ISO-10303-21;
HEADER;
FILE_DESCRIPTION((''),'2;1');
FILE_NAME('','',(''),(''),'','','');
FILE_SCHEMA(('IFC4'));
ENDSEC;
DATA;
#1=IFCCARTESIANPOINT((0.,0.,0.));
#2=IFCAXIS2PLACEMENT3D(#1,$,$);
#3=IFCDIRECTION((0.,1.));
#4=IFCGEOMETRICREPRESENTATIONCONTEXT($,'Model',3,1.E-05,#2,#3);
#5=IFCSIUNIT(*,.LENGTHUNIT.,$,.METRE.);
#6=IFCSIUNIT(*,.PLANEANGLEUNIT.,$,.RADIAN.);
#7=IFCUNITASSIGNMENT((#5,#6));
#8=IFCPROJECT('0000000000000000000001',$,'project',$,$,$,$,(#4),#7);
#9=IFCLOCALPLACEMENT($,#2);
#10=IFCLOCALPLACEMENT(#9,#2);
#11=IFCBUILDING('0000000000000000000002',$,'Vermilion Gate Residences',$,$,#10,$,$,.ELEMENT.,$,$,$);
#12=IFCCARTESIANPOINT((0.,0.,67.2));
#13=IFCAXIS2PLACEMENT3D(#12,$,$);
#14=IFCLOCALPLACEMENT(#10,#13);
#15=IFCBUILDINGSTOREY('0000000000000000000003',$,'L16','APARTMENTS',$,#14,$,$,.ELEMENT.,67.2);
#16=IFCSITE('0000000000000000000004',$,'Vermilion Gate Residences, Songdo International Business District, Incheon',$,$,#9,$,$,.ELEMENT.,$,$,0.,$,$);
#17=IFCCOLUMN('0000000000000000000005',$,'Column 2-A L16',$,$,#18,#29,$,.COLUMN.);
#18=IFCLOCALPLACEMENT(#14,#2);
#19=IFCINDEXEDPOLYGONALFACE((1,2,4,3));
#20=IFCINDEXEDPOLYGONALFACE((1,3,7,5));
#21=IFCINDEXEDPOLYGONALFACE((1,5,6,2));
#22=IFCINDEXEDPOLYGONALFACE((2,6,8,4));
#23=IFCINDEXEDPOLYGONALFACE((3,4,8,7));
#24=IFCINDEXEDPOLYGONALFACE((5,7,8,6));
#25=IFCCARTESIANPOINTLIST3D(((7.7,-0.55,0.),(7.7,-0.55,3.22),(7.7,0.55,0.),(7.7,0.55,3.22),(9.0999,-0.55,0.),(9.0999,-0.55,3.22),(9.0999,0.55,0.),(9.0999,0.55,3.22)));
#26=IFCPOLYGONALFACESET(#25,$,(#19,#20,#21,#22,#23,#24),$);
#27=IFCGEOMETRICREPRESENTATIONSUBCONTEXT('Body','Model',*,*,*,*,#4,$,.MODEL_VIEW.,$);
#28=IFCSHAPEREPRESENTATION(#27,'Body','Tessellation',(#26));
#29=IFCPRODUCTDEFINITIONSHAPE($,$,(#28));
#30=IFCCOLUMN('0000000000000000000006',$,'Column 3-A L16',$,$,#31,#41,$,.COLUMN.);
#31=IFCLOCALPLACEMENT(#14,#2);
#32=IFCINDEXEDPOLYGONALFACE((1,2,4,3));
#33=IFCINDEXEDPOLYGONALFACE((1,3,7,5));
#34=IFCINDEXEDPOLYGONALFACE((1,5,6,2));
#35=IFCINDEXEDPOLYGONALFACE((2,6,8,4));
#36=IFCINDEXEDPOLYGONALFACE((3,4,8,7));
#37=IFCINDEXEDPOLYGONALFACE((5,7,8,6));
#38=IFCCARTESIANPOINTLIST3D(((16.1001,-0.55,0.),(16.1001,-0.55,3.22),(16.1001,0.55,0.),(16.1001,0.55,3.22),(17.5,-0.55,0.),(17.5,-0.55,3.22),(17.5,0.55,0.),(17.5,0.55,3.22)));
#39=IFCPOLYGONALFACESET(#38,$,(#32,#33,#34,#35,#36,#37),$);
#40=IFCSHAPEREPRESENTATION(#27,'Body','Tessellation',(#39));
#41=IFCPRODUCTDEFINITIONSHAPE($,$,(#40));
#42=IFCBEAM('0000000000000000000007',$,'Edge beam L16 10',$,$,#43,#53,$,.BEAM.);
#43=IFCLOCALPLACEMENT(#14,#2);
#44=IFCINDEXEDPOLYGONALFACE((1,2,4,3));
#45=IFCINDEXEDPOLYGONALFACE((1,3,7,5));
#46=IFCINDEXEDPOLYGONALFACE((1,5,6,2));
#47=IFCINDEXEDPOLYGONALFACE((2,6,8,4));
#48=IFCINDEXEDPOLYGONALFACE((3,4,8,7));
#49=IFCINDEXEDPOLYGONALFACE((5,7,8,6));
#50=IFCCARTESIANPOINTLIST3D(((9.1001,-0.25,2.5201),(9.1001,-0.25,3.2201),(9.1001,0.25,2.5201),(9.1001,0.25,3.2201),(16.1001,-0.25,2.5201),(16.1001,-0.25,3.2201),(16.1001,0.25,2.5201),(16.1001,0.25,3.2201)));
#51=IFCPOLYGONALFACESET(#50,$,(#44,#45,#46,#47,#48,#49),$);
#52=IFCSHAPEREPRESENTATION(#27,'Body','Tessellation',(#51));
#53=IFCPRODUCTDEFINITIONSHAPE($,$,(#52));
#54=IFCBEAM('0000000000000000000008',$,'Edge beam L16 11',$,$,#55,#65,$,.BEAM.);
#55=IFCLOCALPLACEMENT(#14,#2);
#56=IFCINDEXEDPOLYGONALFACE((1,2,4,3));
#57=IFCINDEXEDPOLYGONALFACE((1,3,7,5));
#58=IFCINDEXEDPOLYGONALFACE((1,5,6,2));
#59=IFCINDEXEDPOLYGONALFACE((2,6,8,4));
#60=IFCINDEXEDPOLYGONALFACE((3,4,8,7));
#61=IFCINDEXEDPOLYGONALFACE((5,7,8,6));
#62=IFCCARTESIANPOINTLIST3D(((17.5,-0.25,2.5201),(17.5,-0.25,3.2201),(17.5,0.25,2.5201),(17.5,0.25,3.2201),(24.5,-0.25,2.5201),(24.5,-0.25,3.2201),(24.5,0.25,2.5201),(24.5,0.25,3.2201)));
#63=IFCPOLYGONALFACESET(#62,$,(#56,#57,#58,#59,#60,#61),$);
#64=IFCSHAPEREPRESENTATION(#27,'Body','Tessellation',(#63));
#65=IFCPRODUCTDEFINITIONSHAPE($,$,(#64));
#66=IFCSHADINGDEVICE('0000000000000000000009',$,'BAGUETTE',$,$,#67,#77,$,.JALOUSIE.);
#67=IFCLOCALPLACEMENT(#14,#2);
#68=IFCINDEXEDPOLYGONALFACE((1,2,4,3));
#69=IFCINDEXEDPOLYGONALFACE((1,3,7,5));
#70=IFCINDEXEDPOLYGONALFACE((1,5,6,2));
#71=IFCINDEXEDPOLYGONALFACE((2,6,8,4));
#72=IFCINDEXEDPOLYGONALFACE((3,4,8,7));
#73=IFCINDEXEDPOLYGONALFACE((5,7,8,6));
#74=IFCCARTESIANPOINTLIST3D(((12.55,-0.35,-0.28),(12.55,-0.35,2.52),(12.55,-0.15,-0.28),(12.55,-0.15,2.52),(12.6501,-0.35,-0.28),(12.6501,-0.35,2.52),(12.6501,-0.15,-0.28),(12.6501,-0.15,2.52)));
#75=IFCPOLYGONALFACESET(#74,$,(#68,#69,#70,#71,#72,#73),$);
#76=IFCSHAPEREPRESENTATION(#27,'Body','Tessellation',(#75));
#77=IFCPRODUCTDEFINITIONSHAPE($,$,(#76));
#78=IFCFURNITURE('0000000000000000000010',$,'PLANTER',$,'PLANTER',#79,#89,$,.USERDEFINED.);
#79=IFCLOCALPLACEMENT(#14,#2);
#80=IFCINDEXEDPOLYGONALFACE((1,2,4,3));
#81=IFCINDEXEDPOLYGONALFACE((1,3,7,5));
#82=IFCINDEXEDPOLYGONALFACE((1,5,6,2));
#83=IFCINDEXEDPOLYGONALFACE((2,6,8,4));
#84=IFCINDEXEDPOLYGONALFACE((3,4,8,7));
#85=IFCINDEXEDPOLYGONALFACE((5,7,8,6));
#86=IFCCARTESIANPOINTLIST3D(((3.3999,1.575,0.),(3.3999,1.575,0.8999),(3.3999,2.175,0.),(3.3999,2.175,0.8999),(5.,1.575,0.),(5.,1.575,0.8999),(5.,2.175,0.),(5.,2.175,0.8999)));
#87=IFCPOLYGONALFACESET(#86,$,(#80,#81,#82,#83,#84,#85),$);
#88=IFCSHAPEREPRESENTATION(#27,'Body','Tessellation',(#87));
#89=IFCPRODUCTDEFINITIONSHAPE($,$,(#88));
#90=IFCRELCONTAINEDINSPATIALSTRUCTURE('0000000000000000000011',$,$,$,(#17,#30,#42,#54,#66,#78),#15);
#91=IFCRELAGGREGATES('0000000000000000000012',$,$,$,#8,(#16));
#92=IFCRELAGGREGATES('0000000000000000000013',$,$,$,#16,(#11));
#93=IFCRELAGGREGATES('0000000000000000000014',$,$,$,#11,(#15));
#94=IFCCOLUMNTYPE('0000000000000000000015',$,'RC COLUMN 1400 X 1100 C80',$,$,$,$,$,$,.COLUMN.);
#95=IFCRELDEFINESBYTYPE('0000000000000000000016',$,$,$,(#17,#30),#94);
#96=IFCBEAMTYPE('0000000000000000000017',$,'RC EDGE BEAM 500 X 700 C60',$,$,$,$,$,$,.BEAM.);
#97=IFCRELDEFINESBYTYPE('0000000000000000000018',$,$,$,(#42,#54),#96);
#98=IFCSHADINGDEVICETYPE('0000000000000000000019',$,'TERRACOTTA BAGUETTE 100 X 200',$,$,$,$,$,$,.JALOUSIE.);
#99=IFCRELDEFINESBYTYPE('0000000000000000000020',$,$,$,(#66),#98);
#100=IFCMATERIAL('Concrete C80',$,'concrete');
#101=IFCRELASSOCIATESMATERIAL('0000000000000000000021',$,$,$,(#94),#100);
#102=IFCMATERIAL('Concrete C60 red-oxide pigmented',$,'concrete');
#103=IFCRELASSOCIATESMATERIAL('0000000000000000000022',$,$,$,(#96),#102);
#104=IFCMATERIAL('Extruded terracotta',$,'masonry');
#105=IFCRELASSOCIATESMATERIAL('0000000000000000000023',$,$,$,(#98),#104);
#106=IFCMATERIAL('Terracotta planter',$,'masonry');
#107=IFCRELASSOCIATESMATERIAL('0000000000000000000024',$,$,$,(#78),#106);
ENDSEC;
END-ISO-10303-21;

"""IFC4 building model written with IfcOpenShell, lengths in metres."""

from ifc_helpers import new_model, si_unit, direction, frame, origin, origin_2d, place, context, subcontext, project, spatial, rectangle, extrude, material, material_profile, profile_set, type_object, element, save


model = new_model("IFC4")

# Units and contexts
model_context = context("Model", 3, precision=1e-05, world=origin(), true_north=direction((0.0, 1.0)))
body_context = subcontext(model_context, "Body", "Model", "MODEL_VIEW")
ifc_project = project(units=[si_unit("LENGTHUNIT", "METRE"), si_unit("PLANEANGLEUNIT", "RADIAN")], contexts=[model_context])

# Site, building, storey
site_placement = place(None, origin())
site = spatial("IfcSite", under=ifc_project, at=site_placement, Name="Vermilion Gate Residences, Songdo International Business District, Incheon", CompositionType="ELEMENT", RefElevation=0.0)
building_placement = place(site_placement, origin())
building = spatial("IfcBuilding", under=site, at=building_placement, Name="Vermilion Gate Residences", CompositionType="ELEMENT")
storey_placement = place(building_placement, frame((0.0, 0.0, 67.2)))
storey = spatial("IfcBuildingStorey", under=building, at=storey_placement, Name="L16", Description="APARTMENTS", CompositionType="ELEMENT", Elevation=67.2)

# Columns
ifc_material_1 = material(Name="Concrete C80", Category="concrete")
ifc_material_profile_1 = material_profile(ifc_material_1, rectangle(XDim=1.3999, YDim=1.1001, at=origin_2d()), Name="RC-1400x1100")
ifc_profile_set_1 = profile_set([ifc_material_profile_1], Name="Concrete C80")
column_type = type_object("IfcColumnType", Name="RC COLUMN 1400 X 1100 C80", PredefinedType="COLUMN", material=ifc_profile_set_1)
for number, where, z_axis, x_axis, name in (
    (1, (8.3999, 0.0, 0.0), (0.0, 0.0, 1.0), (1.0, 0.0, 0.0), "Column 2-A L16"),
    (2, (16.8, 0.0, 0.0), (0.0, 0.0, 1.0), (1.0, 0.0, 0.0), "Column 3-A L16"),
):
    element("IfcColumn", number, at=place(storey_placement, frame(where, z_axis=z_axis, x_axis=x_axis)), inside=storey, type_object=column_type, Name=name, PredefinedType="COLUMN", context=body_context, shape_type="SweptSolid", body=[
        extrude(rectangle(XDim=1.3999, YDim=1.1001, at=origin_2d()), origin(), (0.0, 0.0, 1.0), 3.22),
    ])

# Beams
ifc_material_2 = material(Name="Concrete C60 red-oxide pigmented", Category="concrete")
ifc_material_profile_2 = material_profile(ifc_material_2, rectangle(XDim=0.5, YDim=0.7, at=origin_2d()), Name="RC-500x700")
ifc_profile_set_2 = profile_set([ifc_material_profile_2], Name="Concrete C60 red-oxide pigmented")
beam_type = type_object("IfcBeamType", Name="RC EDGE BEAM 500 X 700 C60", PredefinedType="BEAM", material=ifc_profile_set_2)
for number, where, z_axis, x_axis, name in (
    (3, (9.1001, 0.0, 2.8701), (1.0, 0.0, 0.0), (0.0, 1.0, 0.0), "Edge beam L16 10"),
    (4, (17.5, 0.0, 2.8701), (1.0, 0.0, 0.0), (0.0, 1.0, 0.0), "Edge beam L16 11"),
):
    element("IfcBeam", number, at=place(storey_placement, frame(where, z_axis=z_axis, x_axis=x_axis)), inside=storey, type_object=beam_type, Name=name, PredefinedType="BEAM", context=body_context, shape_type="SweptSolid", body=[
        extrude(rectangle(XDim=0.5, YDim=0.7, at=origin_2d()), origin(), (0.0, 0.0, 1.0), 7.0),
    ])

# Shading device
ifc_material_3 = material(Name="Extruded terracotta", Category="masonry")
ifc_material_profile_3 = material_profile(ifc_material_3, rectangle(XDim=0.2, YDim=0.1001, at=origin_2d()), Name="BAGUETTE 100 X 200")
ifc_profile_set_3 = profile_set([ifc_material_profile_3], Name="Extruded terracotta")
shading_device_type = type_object("IfcShadingDeviceType", Name="TERRACOTTA BAGUETTE 100 X 200", PredefinedType="JALOUSIE", material=ifc_profile_set_3)
shading_device_placement = place(storey_placement, frame((12.6001, -0.25, -0.28), z_axis=(0.0, 0.0, 1.0), x_axis=(0.0, 1.0, 0.0)))
element("IfcShadingDevice", 5, at=shading_device_placement, inside=storey, type_object=shading_device_type, Name="BAGUETTE", PredefinedType="JALOUSIE", context=body_context, shape_type="SweptSolid", body=[
    extrude(rectangle(XDim=0.2, YDim=0.1001, at=origin_2d()), origin(), (0.0, 0.0, 1.0), 2.8),
])

# Furniture
ifc_material_4 = material(Name="Terracotta planter", Category="masonry")
furniture_placement = place(storey_placement, frame((4.2, 1.875, 0.0), z_axis=(0.0, 0.0, 1.0), x_axis=(1.0, 0.0, 0.0)))
element("IfcFurniture", 6, at=furniture_placement, inside=storey, material=ifc_material_4, Name="PLANTER", ObjectType="PLANTER", PredefinedType="USERDEFINED", context=body_context, shape_type="SweptSolid", body=[
    extrude(rectangle(XDim=1.6001, YDim=0.6001, at=origin_2d()), origin(), (0.0, 0.0, 1.0), 0.8999),
])

save(model, "model.ifc")
